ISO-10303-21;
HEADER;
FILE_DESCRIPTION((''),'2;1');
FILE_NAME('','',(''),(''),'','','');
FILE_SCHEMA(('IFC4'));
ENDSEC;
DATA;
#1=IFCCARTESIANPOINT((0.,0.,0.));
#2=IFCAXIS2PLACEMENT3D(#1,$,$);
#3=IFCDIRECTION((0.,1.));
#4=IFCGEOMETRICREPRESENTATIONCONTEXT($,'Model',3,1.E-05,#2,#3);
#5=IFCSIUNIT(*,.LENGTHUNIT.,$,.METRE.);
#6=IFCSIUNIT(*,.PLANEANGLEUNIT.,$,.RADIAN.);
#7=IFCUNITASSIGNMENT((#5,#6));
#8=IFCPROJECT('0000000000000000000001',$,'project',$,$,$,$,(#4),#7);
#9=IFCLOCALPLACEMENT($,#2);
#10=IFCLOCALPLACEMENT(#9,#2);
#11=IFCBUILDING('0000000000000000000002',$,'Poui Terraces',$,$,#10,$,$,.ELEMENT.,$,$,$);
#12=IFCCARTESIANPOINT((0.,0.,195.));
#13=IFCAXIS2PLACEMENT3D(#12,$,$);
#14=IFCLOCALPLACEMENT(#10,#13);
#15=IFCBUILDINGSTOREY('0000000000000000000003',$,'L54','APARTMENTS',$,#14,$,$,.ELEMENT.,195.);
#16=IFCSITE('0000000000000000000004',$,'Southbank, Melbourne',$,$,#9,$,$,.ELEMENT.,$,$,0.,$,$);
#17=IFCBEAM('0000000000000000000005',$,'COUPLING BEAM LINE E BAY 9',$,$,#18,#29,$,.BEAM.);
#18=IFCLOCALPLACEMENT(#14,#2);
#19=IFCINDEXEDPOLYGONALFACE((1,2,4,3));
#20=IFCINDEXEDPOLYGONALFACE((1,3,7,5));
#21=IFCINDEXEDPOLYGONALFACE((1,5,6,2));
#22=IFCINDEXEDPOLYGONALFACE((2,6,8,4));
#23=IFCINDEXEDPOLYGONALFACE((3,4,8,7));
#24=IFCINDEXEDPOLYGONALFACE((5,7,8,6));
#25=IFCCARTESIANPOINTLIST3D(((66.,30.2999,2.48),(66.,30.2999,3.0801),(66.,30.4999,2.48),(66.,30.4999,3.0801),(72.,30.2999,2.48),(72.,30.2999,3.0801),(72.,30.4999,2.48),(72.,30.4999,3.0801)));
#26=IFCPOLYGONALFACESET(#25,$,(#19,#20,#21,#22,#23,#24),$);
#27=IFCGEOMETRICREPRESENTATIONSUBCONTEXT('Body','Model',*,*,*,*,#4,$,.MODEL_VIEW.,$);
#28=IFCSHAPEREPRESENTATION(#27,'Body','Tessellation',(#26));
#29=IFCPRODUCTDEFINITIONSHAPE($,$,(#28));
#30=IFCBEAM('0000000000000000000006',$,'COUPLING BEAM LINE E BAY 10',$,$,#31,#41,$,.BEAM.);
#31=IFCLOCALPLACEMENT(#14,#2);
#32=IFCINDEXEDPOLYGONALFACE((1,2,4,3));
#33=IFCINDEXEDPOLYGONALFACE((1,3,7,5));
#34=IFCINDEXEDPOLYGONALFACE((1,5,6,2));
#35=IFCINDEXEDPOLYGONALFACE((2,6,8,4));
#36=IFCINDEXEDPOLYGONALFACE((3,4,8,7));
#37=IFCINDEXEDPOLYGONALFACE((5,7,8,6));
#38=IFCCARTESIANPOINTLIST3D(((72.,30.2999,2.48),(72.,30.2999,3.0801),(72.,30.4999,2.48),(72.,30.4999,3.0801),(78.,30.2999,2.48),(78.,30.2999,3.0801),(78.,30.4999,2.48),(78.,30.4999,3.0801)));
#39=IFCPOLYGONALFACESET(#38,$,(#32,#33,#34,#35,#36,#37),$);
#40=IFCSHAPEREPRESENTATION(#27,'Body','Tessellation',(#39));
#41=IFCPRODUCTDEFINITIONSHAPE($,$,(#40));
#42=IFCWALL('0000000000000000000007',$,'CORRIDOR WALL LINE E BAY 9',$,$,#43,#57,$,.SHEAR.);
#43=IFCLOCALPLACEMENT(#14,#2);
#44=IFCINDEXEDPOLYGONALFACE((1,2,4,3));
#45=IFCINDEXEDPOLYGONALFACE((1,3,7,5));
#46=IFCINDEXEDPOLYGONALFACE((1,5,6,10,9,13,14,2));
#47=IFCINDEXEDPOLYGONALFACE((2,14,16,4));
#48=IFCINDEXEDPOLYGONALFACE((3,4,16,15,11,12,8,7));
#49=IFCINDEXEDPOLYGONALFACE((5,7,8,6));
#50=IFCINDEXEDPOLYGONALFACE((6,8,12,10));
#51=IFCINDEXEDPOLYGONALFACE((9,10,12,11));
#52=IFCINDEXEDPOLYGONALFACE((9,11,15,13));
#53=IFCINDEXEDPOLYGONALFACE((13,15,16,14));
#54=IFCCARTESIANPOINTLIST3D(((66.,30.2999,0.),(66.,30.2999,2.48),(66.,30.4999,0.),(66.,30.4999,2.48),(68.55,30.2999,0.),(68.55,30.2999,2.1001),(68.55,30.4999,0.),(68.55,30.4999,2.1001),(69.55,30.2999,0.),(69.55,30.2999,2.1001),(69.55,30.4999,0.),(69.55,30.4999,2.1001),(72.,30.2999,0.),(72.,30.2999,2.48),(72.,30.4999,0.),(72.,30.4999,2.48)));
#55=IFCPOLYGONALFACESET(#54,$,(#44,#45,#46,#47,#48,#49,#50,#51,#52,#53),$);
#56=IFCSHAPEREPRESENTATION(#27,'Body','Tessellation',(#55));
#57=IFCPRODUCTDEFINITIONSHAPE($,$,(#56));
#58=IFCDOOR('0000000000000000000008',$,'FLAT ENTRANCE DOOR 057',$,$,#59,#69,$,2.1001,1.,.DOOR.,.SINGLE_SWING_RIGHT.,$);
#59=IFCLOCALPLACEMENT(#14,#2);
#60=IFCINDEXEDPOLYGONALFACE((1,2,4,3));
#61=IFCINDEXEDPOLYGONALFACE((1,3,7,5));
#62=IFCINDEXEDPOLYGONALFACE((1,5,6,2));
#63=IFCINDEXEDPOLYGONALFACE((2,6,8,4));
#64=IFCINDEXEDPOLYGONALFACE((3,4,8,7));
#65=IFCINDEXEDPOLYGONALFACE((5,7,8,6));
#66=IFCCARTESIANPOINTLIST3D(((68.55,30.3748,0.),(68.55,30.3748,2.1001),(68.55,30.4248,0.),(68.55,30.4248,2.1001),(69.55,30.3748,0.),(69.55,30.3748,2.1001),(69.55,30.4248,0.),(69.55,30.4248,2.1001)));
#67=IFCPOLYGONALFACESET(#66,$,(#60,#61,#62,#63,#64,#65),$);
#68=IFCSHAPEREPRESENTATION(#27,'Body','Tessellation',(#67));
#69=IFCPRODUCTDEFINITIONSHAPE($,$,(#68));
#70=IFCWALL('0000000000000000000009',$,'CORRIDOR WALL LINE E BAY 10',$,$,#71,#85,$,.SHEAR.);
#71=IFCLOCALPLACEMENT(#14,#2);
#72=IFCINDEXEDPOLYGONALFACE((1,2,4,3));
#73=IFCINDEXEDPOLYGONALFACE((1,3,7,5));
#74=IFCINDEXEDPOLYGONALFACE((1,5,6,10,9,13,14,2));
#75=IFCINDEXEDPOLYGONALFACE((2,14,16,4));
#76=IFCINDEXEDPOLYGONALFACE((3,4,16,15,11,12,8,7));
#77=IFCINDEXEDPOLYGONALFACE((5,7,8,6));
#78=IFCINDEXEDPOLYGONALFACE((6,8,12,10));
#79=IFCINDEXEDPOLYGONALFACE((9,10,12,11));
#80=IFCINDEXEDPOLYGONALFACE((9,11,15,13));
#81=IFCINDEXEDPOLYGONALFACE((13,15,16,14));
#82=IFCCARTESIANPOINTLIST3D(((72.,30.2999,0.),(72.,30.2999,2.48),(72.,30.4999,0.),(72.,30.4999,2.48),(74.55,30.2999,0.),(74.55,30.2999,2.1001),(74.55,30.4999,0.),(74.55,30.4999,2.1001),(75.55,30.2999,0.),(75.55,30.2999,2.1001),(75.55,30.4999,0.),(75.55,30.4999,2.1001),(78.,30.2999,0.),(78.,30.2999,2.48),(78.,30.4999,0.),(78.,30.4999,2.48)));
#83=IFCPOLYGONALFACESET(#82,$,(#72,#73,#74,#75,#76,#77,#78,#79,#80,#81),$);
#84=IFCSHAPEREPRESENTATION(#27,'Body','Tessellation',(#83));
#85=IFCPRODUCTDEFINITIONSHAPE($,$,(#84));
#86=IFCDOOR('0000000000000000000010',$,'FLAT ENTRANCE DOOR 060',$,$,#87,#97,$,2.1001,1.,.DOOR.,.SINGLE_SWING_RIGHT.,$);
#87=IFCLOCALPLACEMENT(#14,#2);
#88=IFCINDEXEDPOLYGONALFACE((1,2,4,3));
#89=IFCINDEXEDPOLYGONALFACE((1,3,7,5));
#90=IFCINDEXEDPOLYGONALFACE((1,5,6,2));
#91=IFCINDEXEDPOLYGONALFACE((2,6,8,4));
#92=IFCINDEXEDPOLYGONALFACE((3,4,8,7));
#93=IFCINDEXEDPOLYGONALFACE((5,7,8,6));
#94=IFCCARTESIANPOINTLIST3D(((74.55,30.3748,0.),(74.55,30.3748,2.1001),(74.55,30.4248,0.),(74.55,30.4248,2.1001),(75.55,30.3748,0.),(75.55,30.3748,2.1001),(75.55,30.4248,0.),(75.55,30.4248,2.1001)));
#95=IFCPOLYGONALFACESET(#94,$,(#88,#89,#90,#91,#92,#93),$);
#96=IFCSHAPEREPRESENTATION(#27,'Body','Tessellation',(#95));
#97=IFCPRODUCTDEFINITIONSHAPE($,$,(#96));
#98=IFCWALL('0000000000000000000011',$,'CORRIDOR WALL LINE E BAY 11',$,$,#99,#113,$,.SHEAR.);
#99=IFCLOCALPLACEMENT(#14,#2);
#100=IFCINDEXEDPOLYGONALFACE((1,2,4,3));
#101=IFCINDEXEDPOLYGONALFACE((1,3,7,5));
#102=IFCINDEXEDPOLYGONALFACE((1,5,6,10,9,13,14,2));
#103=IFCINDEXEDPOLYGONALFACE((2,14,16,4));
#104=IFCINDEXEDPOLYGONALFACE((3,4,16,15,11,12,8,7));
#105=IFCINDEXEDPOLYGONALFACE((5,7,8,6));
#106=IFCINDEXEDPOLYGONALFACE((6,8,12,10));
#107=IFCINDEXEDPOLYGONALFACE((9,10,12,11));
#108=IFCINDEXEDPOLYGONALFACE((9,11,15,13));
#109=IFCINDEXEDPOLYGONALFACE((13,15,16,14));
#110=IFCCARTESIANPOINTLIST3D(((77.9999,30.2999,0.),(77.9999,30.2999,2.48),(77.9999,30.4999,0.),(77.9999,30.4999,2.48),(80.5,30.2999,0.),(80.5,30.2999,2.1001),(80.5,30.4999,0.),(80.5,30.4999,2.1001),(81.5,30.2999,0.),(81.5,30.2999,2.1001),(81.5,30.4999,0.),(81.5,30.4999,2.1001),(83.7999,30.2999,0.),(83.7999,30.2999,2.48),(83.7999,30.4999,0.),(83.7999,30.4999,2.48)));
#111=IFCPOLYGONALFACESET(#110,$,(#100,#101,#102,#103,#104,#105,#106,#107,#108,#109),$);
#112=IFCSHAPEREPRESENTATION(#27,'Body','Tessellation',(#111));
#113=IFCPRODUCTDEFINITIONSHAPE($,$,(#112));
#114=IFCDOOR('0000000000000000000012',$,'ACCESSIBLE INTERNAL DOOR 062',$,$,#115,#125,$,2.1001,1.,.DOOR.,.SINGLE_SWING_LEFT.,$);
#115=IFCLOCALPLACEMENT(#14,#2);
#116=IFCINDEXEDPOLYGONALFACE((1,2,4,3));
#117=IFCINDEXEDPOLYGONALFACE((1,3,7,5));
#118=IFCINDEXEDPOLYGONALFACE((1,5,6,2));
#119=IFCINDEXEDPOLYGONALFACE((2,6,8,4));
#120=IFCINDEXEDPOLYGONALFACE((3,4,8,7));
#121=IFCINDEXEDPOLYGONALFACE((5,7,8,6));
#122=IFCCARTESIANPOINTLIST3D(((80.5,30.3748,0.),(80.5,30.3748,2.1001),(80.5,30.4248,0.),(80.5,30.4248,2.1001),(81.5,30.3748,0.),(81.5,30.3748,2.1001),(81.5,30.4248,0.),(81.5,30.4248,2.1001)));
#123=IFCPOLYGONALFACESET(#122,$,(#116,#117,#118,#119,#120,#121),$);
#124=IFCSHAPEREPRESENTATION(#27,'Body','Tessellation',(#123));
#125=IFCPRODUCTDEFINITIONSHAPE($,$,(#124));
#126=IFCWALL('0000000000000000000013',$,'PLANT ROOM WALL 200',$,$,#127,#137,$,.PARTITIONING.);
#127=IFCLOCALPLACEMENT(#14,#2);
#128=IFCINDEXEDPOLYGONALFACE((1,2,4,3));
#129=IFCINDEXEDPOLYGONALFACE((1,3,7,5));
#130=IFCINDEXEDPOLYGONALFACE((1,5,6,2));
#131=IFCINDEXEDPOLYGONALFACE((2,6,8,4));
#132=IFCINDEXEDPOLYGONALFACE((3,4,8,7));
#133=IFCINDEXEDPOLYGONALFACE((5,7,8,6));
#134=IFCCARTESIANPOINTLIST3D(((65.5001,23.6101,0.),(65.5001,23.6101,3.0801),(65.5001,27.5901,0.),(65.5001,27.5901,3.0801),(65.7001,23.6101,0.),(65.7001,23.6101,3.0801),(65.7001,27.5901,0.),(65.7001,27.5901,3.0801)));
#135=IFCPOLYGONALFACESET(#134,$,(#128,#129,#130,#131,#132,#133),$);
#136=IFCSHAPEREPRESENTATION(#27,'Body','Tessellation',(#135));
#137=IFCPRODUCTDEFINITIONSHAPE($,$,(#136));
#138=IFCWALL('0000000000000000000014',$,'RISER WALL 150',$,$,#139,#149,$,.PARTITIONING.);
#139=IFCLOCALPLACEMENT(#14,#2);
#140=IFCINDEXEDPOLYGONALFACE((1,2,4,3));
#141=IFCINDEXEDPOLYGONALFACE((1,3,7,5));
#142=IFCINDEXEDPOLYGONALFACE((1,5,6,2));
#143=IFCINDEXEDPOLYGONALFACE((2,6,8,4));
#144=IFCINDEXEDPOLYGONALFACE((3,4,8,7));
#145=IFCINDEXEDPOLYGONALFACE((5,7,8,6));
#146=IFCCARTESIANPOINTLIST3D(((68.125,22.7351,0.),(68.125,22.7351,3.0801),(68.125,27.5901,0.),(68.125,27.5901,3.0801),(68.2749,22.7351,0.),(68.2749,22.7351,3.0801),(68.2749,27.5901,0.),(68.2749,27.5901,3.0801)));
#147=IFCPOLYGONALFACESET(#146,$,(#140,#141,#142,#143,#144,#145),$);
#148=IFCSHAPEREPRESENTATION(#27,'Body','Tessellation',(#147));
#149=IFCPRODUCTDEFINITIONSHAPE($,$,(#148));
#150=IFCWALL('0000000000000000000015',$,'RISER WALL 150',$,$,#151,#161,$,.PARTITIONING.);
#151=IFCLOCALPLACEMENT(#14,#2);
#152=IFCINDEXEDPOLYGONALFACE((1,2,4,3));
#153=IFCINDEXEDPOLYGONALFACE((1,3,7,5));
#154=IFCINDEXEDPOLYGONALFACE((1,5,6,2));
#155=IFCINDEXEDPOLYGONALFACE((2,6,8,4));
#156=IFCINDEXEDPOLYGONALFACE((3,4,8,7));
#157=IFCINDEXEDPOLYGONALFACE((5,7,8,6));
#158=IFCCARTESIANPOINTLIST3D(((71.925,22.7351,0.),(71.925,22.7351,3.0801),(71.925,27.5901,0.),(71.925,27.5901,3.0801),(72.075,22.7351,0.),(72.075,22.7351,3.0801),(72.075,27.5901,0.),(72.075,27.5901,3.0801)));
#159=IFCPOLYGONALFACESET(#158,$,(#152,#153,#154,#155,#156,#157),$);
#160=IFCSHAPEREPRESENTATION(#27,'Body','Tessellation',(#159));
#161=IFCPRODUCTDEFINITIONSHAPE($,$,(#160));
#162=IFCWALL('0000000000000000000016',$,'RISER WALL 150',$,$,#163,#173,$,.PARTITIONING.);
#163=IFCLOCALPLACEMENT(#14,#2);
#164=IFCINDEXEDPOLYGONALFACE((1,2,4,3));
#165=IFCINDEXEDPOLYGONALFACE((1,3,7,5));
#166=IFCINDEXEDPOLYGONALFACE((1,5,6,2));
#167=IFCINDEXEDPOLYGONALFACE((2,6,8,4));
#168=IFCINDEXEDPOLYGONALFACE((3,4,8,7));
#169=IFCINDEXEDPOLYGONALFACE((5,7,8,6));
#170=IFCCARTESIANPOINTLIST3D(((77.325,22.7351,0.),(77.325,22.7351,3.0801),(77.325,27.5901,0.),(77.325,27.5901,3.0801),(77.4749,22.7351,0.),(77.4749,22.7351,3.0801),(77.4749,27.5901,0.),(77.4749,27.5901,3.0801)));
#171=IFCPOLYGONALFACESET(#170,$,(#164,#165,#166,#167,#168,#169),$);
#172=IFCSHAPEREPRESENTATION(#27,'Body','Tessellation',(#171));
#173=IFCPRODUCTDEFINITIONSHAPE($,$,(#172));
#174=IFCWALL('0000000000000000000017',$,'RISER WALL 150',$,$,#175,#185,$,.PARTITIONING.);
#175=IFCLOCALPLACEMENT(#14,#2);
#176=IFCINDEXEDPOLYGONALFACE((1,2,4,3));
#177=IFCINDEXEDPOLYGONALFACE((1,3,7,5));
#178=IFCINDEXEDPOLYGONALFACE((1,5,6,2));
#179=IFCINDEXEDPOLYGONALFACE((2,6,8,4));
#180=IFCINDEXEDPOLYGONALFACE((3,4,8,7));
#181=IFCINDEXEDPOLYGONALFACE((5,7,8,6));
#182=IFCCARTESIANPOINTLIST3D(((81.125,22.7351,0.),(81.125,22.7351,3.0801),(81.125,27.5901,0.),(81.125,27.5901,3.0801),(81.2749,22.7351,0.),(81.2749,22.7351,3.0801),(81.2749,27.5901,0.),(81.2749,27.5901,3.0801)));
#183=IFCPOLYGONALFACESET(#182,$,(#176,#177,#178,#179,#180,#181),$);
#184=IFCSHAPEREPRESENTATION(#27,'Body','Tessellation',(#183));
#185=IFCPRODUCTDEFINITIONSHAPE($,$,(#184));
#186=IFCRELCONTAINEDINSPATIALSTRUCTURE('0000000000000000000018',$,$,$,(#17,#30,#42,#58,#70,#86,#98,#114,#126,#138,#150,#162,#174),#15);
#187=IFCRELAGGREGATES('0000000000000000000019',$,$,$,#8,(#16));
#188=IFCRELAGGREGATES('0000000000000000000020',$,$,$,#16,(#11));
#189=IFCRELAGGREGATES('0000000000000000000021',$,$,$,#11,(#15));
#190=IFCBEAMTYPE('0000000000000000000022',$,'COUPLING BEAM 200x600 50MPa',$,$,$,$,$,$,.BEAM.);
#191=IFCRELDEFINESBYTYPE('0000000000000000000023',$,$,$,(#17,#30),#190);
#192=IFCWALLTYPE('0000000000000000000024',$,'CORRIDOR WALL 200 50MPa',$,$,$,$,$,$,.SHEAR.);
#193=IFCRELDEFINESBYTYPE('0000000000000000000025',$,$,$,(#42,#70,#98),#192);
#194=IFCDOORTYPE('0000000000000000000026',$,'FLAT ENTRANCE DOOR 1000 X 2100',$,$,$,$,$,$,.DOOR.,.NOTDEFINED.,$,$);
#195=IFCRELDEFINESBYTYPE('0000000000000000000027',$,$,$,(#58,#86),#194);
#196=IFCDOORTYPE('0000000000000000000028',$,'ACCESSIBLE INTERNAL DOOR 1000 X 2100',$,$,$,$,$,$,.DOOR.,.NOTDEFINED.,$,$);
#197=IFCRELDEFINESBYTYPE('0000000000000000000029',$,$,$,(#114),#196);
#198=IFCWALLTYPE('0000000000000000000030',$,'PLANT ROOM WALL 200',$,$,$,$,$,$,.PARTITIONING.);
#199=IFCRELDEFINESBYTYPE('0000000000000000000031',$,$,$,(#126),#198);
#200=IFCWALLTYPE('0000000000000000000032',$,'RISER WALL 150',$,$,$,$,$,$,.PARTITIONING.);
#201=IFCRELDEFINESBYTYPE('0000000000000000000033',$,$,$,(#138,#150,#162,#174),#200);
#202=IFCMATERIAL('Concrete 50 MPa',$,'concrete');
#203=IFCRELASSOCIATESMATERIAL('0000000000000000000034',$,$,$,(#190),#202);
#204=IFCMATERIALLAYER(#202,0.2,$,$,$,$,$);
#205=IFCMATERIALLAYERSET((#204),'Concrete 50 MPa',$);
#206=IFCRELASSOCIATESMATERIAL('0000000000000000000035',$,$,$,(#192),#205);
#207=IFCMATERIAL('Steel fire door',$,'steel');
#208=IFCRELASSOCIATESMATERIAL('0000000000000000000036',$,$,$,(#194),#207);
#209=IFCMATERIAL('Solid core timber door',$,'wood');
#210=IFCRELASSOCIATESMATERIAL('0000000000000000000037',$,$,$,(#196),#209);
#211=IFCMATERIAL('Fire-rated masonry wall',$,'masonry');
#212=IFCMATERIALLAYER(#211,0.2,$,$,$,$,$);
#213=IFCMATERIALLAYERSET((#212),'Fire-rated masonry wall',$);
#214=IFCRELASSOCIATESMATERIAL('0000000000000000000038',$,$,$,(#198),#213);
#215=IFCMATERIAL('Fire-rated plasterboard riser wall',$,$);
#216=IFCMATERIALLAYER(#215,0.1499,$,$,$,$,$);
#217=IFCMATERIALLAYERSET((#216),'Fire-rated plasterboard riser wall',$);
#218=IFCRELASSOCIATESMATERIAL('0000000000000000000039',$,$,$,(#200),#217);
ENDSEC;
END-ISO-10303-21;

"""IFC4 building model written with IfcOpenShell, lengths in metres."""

from ifc_helpers import new_model, si_unit, direction, frame, frame_2d, origin, origin_2d, place, context, subcontext, project, spatial, rectangle, extrude, source, transform, mapped, material, layer, layer_set, material_profile, profile_set, type_object, element, fill, save


model = new_model("IFC4")

# Units and contexts
model_context = context("Model", 3, precision=1e-05, world=origin(), true_north=direction((0.0, 1.0)))
body_context = subcontext(model_context, "Body", "Model", "MODEL_VIEW")
ifc_project = project(units=[si_unit("LENGTHUNIT", "METRE"), si_unit("PLANEANGLEUNIT", "RADIAN")], contexts=[model_context])

# Site, building, storey
site_placement = place(None, origin())
site = spatial("IfcSite", under=ifc_project, at=site_placement, Name="Southbank, Melbourne", CompositionType="ELEMENT", RefElevation=0.0)
building_placement = place(site_placement, origin())
building = spatial("IfcBuilding", under=site, at=building_placement, Name="Poui Terraces", CompositionType="ELEMENT")
storey_placement = place(building_placement, frame((0.0, 0.0, 195.0)))
storey = spatial("IfcBuildingStorey", under=building, at=storey_placement, Name="L54", Description="APARTMENTS", CompositionType="ELEMENT", Elevation=195.0)

# Beams
ifc_material_1 = material(Name="Concrete 50 MPa", Category="concrete")
ifc_material_profile = material_profile(ifc_material_1, rectangle(XDim=0.2, YDim=0.6001, at=origin_2d()), Name="RC 200x600")
ifc_profile_set = profile_set([ifc_material_profile], Name="Concrete 50 MPa")
beam_type = type_object("IfcBeamType", Name="COUPLING BEAM 200x600 50MPa", PredefinedType="BEAM", material=ifc_profile_set)
shared_shape = source(origin(), body_context, "Body", "SweptSolid", [
    extrude(rectangle(XDim=0.2, YDim=0.6001, at=origin_2d()), origin(), (0.0, 0.0, 1.0), 6.0),
])
for number, where, z_axis, x_axis, name in (
    (1, (66.0, 30.3999, 2.78), (1.0, 0.0, 0.0), (0.0, 1.0, 0.0), "COUPLING BEAM LINE E BAY 9"),
    (2, (72.0, 30.3999, 2.78), (1.0, 0.0, 0.0), (0.0, 1.0, 0.0), "COUPLING BEAM LINE E BAY 10"),
):
    element("IfcBeam", number, at=place(storey_placement, frame(where, z_axis=z_axis, x_axis=x_axis)), inside=storey, type_object=beam_type, Name=name, PredefinedType="BEAM", context=body_context, shape_type="MappedRepresentation", body=[
        mapped(shared_shape, transform((0.0, 0.0, 0.0))),
    ])

# Walls, openings, doors
ifc_layer_1 = layer(ifc_material_1, 0.2)
ifc_layer_set_1 = layer_set([ifc_layer_1], Name="Concrete 50 MPa")
wall_type_1 = type_object("IfcWallType", Name="CORRIDOR WALL 200 50MPa", PredefinedType="SHEAR", material=ifc_layer_set_1)
wall_1_placement = place(storey_placement, frame((66.0, 30.3999, 0.0), z_axis=(0.0, 0.0, 1.0), x_axis=(1.0, 0.0, 0.0)))
wall_1 = element("IfcWall", 3, at=wall_1_placement, inside=storey, type_object=wall_type_1, Name="CORRIDOR WALL LINE E BAY 9", PredefinedType="SHEAR", context=body_context, shape_type="SweptSolid", body=[
    extrude(rectangle(XDim=6.0, YDim=0.2, at=frame_2d((3.0, 0.0))), origin(), (0.0, 0.0, 1.0), 2.48),
])
opening_1_placement = place(wall_1_placement, frame((2.55, 0.0, 0.0)))
opening_1 = element("IfcOpeningElement", 4, at=opening_1_placement, cuts=wall_1, PredefinedType="OPENING", context=body_context, shape_type="SweptSolid", body=[
    extrude(rectangle(XDim=1.0, YDim=2.1001, at=frame_2d((0.5, 1.05))), frame((0.0, 0.1099, 0.0), z_axis=(0.0, -1.0, 0.0), x_axis=(1.0, 0.0, 0.0)), (0.0, 0.0, 1.0), 0.22),
])
ifc_material_2 = material(Name="Steel fire door", Category="steel")
door_type_1 = type_object("IfcDoorType", Name="FLAT ENTRANCE DOOR 1000 X 2100", OperationType="NOTDEFINED", PredefinedType="DOOR", material=ifc_material_2)
door_1_placement = place(opening_1_placement, origin())
door_1 = element("IfcDoor", 5, at=door_1_placement, inside=storey, type_object=door_type_1, Name="FLAT ENTRANCE DOOR 057", OperationType="SINGLE_SWING_RIGHT", OverallHeight=2.1001, OverallWidth=1.0, PredefinedType="DOOR", context=body_context, shape_type="SweptSolid", body=[
    extrude(rectangle(XDim=1.0, YDim=2.1001, at=frame_2d((0.5, 1.05))), frame((0.0, 0.0249, 0.0), z_axis=(0.0, -1.0, 0.0), x_axis=(1.0, 0.0, 0.0)), (0.0, 0.0, 1.0), 0.05),
])
fill(opening_1, door_1)
wall_2_placement = place(storey_placement, frame((72.0, 30.3999, 0.0), z_axis=(0.0, 0.0, 1.0), x_axis=(1.0, 0.0, 0.0)))
wall_2 = element("IfcWall", 6, at=wall_2_placement, inside=storey, type_object=wall_type_1, Name="CORRIDOR WALL LINE E BAY 10", PredefinedType="SHEAR", context=body_context, shape_type="SweptSolid", body=[
    extrude(rectangle(XDim=6.0, YDim=0.2, at=frame_2d((3.0, 0.0))), origin(), (0.0, 0.0, 1.0), 2.48),
])
opening_2_placement = place(wall_2_placement, frame((2.55, 0.0, 0.0)))
opening_2 = element("IfcOpeningElement", 7, at=opening_2_placement, cuts=wall_2, PredefinedType="OPENING", context=body_context, shape_type="SweptSolid", body=[
    extrude(rectangle(XDim=1.0, YDim=2.1001, at=frame_2d((0.5, 1.05))), frame((0.0, 0.1099, 0.0), z_axis=(0.0, -1.0, 0.0), x_axis=(1.0, 0.0, 0.0)), (0.0, 0.0, 1.0), 0.22),
])
door_2_placement = place(opening_2_placement, origin())
door_2 = element("IfcDoor", 8, at=door_2_placement, inside=storey, type_object=door_type_1, Name="FLAT ENTRANCE DOOR 060", OperationType="SINGLE_SWING_RIGHT", OverallHeight=2.1001, OverallWidth=1.0, PredefinedType="DOOR", context=body_context, shape_type="SweptSolid", body=[
    extrude(rectangle(XDim=1.0, YDim=2.1001, at=frame_2d((0.5, 1.05))), frame((0.0, 0.0249, 0.0), z_axis=(0.0, -1.0, 0.0), x_axis=(1.0, 0.0, 0.0)), (0.0, 0.0, 1.0), 0.05),
])
fill(opening_2, door_2)
wall_3_placement = place(storey_placement, frame((78.0, 30.3999, 0.0), z_axis=(0.0, 0.0, 1.0), x_axis=(1.0, 0.0, 0.0)))
wall_3 = element("IfcWall", 9, at=wall_3_placement, inside=storey, type_object=wall_type_1, Name="CORRIDOR WALL LINE E BAY 11", PredefinedType="SHEAR", context=body_context, shape_type="SweptSolid", body=[
    extrude(rectangle(XDim=5.8, YDim=0.2, at=frame_2d((2.8999, 0.0))), origin(), (0.0, 0.0, 1.0), 2.48),
])
opening_3_placement = place(wall_3_placement, frame((2.5, 0.0, 0.0)))
opening_3 = element("IfcOpeningElement", 10, at=opening_3_placement, cuts=wall_3, PredefinedType="OPENING", context=body_context, shape_type="SweptSolid", body=[
    extrude(rectangle(XDim=1.0, YDim=2.1001, at=frame_2d((0.5, 1.05))), frame((0.0, 0.1099, 0.0), z_axis=(0.0, -1.0, 0.0), x_axis=(1.0, 0.0, 0.0)), (0.0, 0.0, 1.0), 0.22),
])
ifc_material_3 = material(Name="Solid core timber door", Category="wood")
door_type_2 = type_object("IfcDoorType", Name="ACCESSIBLE INTERNAL DOOR 1000 X 2100", OperationType="NOTDEFINED", PredefinedType="DOOR", material=ifc_material_3)
door_3_placement = place(opening_3_placement, origin())
door_3 = element("IfcDoor", 11, at=door_3_placement, inside=storey, type_object=door_type_2, Name="ACCESSIBLE INTERNAL DOOR 062", OperationType="SINGLE_SWING_LEFT", OverallHeight=2.1001, OverallWidth=1.0, PredefinedType="DOOR", context=body_context, shape_type="SweptSolid", body=[
    extrude(rectangle(XDim=1.0, YDim=2.1001, at=frame_2d((0.5, 1.05))), frame((0.0, 0.0249, 0.0), z_axis=(0.0, -1.0, 0.0), x_axis=(1.0, 0.0, 0.0)), (0.0, 0.0, 1.0), 0.05),
])
fill(opening_3, door_3)

# Walls
ifc_material_4 = material(Name="Fire-rated masonry wall", Category="masonry")
ifc_layer_2 = layer(ifc_material_4, 0.2)
ifc_layer_set_2 = layer_set([ifc_layer_2], Name="Fire-rated masonry wall")
wall_type_2 = type_object("IfcWallType", Name="PLANT ROOM WALL 200", PredefinedType="PARTITIONING", material=ifc_layer_set_2)
wall_4_placement = place(storey_placement, frame((65.6001, 23.6101, 0.0), z_axis=(0.0, 0.0, 1.0), x_axis=(0.0, 1.0, 0.0)))
element("IfcWall", 12, at=wall_4_placement, inside=storey, type_object=wall_type_2, Name="PLANT ROOM WALL 200", PredefinedType="PARTITIONING", context=body_context, shape_type="SweptSolid", body=[
    extrude(rectangle(XDim=3.98, YDim=0.2, at=frame_2d((1.99, 0.0))), origin(), (0.0, 0.0, 1.0), 3.0801),
])
ifc_material_5 = material(Name="Fire-rated plasterboard riser wall")
ifc_layer_3 = layer(ifc_material_5, 0.1499)
ifc_layer_set_3 = layer_set([ifc_layer_3], Name="Fire-rated plasterboard riser wall")
wall_type_3 = type_object("IfcWallType", Name="RISER WALL 150", PredefinedType="PARTITIONING", material=ifc_layer_set_3)
for number, where, z_axis, x_axis, name in (
    (13, (68.2, 22.7351, 0.0), (0.0, 0.0, 1.0), (0.0, 1.0, 0.0), "RISER WALL 150"),
    (14, (72.0, 22.7351, 0.0), (0.0, 0.0, 1.0), (0.0, 1.0, 0.0), "RISER WALL 150"),
    (15, (77.3999, 22.7351, 0.0), (0.0, 0.0, 1.0), (0.0, 1.0, 0.0), "RISER WALL 150"),
    (16, (81.2, 22.7351, 0.0), (0.0, 0.0, 1.0), (0.0, 1.0, 0.0), "RISER WALL 150"),
):
    element("IfcWall", number, at=place(storey_placement, frame(where, z_axis=z_axis, x_axis=x_axis)), inside=storey, type_object=wall_type_3, Name=name, PredefinedType="PARTITIONING", context=body_context, shape_type="SweptSolid", body=[
        extrude(rectangle(XDim=4.855, YDim=0.1499, at=frame_2d((2.4275, 0.0))), origin(), (0.0, 0.0, 1.0), 3.0801),
    ])

save(model, "model.ifc")
